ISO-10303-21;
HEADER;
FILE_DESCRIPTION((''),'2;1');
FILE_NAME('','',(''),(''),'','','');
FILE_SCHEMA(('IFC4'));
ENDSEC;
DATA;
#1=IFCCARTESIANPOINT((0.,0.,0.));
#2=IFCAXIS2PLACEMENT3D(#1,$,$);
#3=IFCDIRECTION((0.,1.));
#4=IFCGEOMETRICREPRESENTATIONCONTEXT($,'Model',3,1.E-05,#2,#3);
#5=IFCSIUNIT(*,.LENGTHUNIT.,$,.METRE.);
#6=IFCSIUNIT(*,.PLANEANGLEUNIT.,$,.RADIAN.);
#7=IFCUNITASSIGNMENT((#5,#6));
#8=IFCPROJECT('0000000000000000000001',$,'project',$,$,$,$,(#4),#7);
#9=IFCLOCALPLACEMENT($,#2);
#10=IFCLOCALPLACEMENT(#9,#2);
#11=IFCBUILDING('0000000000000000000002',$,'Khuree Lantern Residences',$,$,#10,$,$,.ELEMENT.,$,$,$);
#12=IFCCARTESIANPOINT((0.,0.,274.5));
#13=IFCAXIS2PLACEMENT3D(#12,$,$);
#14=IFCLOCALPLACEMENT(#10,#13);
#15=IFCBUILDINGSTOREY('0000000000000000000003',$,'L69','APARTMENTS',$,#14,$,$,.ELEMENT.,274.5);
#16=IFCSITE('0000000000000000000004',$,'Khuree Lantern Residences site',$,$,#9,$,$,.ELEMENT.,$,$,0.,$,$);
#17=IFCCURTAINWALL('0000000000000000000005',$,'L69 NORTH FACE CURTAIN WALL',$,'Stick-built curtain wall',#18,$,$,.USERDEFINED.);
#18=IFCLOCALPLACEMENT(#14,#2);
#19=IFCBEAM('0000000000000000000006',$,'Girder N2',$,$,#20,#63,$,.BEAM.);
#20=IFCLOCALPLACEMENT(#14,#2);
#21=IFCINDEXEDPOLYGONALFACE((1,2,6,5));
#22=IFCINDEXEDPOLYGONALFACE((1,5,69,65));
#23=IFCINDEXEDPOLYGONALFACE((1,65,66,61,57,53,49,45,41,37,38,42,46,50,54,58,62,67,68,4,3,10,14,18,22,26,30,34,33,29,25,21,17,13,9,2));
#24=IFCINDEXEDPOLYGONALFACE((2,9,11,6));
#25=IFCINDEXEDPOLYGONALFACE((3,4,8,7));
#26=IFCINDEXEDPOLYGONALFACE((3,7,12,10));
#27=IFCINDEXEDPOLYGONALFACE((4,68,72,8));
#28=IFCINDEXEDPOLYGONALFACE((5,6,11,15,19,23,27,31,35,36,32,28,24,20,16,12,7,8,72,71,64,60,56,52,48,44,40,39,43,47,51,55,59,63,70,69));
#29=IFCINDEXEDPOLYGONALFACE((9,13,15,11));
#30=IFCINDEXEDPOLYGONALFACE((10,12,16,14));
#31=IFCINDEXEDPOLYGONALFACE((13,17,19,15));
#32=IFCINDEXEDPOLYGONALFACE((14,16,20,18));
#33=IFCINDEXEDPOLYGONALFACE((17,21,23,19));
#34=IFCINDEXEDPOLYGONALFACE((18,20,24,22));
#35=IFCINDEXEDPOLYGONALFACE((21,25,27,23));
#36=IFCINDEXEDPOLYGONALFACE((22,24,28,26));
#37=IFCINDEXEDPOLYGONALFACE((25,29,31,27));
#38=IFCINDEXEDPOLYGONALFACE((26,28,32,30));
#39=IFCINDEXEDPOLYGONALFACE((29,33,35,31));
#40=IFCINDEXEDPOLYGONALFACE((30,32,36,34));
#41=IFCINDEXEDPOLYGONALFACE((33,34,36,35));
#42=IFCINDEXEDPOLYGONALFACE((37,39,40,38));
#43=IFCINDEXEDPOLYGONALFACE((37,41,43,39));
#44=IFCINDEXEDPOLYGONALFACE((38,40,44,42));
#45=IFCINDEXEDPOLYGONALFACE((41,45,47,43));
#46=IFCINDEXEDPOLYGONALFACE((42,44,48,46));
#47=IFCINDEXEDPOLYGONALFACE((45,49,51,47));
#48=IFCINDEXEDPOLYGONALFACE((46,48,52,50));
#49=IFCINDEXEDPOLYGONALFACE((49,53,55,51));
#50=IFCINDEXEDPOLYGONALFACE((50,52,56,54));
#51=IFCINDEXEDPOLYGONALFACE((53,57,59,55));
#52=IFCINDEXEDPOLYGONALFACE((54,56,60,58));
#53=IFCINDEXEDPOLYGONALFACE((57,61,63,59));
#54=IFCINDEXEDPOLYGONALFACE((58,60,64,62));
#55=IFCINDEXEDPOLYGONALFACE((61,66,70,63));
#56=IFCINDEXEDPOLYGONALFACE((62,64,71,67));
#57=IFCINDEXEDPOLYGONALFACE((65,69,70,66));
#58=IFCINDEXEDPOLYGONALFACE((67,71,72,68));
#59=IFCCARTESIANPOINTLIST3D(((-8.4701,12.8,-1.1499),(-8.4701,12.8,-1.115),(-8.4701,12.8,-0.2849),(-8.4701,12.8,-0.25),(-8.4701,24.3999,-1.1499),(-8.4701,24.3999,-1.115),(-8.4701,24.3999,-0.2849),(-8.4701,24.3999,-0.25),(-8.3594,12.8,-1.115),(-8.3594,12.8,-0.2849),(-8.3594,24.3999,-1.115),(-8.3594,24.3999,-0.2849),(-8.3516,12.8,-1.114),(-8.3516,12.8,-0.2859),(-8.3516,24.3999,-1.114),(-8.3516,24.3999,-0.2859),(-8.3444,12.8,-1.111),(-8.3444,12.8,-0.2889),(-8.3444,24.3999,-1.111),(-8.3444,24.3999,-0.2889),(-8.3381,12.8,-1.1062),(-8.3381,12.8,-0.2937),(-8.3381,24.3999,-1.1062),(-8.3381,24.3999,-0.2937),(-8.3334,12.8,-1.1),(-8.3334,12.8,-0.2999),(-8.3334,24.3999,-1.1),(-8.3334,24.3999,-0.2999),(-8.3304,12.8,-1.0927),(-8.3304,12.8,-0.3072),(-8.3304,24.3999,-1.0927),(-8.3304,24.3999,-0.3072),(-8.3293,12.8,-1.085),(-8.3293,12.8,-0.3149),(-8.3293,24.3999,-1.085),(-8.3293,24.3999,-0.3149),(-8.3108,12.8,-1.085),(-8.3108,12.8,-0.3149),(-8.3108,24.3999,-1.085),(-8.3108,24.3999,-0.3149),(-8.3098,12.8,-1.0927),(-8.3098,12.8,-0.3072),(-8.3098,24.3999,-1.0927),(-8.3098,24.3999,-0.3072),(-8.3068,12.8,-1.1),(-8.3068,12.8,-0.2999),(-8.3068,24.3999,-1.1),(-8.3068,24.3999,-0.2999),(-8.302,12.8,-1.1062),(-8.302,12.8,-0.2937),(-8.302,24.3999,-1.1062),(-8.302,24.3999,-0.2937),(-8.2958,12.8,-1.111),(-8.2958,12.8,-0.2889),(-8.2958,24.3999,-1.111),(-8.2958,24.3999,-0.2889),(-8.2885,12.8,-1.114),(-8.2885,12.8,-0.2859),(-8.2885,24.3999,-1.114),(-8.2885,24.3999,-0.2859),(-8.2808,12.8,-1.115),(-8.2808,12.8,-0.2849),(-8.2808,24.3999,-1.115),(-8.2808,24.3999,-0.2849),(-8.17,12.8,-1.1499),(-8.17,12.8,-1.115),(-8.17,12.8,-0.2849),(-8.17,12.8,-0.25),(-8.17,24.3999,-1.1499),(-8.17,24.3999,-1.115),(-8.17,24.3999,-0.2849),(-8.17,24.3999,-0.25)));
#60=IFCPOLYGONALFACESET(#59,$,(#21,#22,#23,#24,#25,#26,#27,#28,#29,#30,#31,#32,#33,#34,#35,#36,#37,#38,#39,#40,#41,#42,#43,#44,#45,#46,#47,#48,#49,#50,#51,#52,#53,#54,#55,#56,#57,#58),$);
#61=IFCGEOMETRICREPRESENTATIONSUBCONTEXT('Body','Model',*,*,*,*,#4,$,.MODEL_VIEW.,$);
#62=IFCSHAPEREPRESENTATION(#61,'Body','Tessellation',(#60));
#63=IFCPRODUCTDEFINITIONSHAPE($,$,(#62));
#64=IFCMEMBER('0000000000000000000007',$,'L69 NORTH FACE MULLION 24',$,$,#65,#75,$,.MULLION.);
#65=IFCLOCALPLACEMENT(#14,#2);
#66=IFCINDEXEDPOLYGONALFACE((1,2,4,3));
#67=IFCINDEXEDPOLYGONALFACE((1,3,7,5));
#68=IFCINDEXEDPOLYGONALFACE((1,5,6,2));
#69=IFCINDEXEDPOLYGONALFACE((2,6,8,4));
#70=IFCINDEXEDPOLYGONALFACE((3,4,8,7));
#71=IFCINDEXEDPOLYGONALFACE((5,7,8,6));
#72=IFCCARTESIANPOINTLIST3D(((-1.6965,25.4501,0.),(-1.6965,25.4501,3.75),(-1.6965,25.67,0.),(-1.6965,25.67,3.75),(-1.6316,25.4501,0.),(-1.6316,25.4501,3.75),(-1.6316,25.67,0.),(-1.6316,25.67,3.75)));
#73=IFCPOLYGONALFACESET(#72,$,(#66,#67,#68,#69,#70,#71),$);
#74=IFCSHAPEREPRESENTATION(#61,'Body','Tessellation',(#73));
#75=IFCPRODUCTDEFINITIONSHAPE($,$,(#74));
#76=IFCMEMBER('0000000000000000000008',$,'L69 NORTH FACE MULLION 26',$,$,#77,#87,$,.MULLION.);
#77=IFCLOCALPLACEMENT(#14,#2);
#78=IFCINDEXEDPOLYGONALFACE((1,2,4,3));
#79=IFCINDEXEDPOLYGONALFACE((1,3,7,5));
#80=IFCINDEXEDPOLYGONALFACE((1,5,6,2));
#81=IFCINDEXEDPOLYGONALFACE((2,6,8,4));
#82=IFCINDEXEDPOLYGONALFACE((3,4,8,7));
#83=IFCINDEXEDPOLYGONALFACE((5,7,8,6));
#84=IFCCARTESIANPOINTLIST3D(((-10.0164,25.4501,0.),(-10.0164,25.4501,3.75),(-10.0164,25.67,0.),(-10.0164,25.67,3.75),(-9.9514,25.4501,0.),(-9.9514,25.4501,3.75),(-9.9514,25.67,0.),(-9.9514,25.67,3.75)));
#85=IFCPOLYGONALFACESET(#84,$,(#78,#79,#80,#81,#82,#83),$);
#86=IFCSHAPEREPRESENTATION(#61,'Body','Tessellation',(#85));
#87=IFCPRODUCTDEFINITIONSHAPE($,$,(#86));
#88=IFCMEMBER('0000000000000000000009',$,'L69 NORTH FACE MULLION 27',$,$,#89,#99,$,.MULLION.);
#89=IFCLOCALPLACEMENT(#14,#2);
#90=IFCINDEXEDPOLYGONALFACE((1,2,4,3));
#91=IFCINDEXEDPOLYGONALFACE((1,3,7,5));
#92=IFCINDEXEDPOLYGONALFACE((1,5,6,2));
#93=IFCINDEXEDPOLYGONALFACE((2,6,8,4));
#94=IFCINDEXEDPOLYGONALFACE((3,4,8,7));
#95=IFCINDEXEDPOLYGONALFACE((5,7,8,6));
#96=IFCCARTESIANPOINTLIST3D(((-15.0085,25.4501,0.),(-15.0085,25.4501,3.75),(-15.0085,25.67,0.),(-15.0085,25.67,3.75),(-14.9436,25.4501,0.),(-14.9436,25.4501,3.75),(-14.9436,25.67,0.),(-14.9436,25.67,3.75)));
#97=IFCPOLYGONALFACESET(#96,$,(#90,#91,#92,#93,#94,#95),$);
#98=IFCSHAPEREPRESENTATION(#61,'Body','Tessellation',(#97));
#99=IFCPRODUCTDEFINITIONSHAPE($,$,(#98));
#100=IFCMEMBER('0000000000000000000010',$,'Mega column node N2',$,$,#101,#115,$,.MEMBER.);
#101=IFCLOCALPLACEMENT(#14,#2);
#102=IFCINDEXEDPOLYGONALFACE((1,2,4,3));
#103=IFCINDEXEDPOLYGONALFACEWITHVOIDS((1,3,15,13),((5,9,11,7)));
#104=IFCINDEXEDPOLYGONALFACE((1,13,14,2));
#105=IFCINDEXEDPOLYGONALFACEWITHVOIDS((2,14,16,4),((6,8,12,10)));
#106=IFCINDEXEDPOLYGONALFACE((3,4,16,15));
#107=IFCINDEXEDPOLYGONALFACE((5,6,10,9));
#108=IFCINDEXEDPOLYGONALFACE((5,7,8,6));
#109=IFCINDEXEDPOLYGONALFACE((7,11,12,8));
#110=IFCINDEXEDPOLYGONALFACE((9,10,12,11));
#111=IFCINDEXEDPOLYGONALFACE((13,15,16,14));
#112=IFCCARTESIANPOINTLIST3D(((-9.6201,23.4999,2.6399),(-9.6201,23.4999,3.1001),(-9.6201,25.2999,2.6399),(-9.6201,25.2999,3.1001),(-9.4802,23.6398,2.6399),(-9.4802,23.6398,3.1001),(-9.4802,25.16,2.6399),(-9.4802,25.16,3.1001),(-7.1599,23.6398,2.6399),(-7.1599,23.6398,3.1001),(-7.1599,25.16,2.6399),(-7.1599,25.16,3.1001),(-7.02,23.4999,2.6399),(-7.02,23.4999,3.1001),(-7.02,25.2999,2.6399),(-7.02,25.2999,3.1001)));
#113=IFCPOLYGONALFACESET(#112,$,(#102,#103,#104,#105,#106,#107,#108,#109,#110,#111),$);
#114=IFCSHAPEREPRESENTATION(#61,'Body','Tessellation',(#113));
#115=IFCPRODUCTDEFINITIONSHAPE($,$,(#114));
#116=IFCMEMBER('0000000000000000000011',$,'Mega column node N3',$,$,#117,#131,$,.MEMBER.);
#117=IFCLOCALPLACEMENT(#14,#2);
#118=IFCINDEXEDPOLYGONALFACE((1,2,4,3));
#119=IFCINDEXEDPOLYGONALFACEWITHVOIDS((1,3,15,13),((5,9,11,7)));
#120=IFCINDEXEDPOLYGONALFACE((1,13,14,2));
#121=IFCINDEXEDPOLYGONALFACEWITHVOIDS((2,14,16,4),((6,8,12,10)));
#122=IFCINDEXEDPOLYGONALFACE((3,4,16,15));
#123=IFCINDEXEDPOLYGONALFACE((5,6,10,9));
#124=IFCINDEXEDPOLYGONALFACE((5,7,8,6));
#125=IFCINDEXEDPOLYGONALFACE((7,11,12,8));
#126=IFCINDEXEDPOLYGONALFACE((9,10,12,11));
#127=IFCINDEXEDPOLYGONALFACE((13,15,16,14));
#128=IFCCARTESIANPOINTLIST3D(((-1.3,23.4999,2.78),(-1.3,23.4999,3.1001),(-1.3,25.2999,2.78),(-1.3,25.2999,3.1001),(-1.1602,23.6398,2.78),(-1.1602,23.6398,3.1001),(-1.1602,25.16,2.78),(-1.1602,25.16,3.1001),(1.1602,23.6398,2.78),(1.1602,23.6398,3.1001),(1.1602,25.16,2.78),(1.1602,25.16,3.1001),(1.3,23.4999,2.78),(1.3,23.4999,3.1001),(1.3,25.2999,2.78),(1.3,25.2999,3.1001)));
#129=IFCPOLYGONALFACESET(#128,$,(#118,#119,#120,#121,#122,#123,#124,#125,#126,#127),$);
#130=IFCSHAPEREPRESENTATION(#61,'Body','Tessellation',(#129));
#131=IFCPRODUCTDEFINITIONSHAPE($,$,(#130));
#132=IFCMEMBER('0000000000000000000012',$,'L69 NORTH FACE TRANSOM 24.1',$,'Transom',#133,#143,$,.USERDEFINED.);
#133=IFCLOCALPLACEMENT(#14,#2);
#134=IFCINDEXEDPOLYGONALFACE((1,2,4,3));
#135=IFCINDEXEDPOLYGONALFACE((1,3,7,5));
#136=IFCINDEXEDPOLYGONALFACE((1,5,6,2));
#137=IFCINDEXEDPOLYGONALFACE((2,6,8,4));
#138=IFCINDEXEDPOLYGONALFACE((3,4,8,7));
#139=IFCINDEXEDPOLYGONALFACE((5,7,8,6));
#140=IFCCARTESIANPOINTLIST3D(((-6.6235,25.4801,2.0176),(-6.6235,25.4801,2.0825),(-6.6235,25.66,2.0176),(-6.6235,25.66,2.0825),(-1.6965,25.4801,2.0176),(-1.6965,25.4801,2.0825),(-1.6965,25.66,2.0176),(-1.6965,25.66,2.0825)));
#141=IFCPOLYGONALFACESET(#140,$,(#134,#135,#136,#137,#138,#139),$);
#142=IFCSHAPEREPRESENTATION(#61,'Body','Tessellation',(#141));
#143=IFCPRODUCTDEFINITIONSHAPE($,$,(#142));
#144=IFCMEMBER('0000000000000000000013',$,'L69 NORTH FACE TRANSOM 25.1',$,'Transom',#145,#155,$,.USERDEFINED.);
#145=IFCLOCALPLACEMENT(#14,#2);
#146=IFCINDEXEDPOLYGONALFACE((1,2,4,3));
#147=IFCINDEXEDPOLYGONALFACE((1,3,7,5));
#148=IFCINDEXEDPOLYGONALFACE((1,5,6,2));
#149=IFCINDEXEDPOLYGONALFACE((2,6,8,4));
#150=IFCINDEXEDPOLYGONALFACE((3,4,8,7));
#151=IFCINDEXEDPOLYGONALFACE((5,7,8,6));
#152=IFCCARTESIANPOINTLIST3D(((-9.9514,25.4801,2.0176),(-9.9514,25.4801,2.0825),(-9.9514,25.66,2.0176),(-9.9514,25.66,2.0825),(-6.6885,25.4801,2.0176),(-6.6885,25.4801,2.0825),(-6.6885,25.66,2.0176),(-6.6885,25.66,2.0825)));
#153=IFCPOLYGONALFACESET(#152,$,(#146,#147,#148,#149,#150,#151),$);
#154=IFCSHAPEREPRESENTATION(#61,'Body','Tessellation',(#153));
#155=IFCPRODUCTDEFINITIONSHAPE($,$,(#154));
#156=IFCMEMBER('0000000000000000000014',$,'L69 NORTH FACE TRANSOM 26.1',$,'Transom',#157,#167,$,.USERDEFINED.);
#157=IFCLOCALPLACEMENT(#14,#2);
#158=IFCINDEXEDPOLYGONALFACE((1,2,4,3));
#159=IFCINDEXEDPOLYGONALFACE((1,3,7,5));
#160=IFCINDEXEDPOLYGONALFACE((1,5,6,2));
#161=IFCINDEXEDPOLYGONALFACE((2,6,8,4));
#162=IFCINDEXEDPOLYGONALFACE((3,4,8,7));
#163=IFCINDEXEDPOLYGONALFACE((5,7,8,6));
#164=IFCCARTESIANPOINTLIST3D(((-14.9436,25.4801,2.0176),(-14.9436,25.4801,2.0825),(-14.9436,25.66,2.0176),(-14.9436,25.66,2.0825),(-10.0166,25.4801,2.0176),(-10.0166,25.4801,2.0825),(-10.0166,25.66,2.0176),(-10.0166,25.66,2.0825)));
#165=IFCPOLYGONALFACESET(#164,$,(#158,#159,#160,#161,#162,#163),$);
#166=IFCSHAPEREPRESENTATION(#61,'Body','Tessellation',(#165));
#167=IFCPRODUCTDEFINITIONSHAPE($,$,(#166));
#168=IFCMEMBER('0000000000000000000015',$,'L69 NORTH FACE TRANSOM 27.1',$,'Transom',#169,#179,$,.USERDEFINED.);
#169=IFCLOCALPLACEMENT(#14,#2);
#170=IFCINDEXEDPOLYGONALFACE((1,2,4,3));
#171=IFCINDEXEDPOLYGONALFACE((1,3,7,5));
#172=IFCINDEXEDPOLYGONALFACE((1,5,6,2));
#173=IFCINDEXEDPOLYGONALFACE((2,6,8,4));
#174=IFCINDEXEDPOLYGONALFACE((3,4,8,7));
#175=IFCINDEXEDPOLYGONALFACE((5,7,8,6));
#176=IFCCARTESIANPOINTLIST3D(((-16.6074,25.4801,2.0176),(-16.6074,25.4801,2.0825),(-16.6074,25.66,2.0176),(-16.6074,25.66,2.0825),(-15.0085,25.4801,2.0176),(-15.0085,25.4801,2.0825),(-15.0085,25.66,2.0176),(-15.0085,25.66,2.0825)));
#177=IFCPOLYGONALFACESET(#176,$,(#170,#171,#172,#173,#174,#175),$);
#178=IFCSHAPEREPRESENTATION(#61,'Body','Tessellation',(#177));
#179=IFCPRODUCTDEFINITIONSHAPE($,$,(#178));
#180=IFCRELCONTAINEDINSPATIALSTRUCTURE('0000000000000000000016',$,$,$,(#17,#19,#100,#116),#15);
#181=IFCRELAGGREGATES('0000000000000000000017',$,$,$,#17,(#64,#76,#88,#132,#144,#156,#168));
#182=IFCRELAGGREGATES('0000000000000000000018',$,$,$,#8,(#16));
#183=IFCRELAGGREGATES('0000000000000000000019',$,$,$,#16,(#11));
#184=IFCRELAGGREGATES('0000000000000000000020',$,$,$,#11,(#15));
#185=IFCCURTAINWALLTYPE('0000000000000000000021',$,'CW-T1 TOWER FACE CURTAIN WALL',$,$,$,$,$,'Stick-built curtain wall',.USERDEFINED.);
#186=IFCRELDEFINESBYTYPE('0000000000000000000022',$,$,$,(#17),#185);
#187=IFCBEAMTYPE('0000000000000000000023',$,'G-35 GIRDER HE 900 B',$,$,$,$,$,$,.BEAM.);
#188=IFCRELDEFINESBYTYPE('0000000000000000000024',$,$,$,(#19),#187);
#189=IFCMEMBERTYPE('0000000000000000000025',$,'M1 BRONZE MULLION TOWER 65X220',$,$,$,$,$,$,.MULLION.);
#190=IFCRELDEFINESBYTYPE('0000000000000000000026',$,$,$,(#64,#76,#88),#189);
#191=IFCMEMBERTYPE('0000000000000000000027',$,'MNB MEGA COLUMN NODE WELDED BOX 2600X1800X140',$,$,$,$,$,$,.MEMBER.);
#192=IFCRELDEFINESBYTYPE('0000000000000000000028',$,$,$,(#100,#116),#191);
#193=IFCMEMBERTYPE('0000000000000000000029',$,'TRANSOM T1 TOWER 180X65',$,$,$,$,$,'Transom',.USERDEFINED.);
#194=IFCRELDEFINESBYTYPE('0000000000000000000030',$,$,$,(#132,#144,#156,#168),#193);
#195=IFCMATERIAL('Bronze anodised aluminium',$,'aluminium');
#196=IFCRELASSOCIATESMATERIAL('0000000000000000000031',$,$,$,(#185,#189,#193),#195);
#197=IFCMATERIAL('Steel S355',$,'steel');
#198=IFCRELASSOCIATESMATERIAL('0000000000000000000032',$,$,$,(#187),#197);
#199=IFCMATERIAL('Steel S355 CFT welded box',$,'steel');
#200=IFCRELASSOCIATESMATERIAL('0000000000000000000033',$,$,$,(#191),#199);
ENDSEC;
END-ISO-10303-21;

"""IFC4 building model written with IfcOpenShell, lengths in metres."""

from ifc_helpers import new_model, si_unit, direction, frame, origin, origin_2d, place, context, subcontext, project, spatial, rectangle, hollow_rectangle, i_section, extrude, material, material_profile, profile_set, type_object, element, aggregate, save


model = new_model("IFC4")

# Units and contexts
model_context = context("Model", 3, precision=1e-05, world=origin(), true_north=direction((0.0, 1.0)))
body_context = subcontext(model_context, "Body", "Model", "MODEL_VIEW")
ifc_project = project(units=[si_unit("LENGTHUNIT", "METRE"), si_unit("PLANEANGLEUNIT", "RADIAN")], contexts=[model_context])

# Site, building, storey
site_placement = place(None, origin())
site = spatial("IfcSite", under=ifc_project, at=site_placement, Name="Khuree Lantern Residences site", CompositionType="ELEMENT", RefElevation=0.0)
building_placement = place(site_placement, origin())
building = spatial("IfcBuilding", under=site, at=building_placement, Name="Khuree Lantern Residences", CompositionType="ELEMENT")
storey_placement = place(building_placement, frame((0.0, 0.0, 274.5)))
storey = spatial("IfcBuildingStorey", under=building, at=storey_placement, Name="L69", Description="APARTMENTS", CompositionType="ELEMENT", Elevation=274.5)

# Shared definitions
ifc_material_1 = material(Name="Steel S355 CFT welded box", Category="steel")

# Shared definitions
ifc_material_2 = material(Name="Steel S355", Category="steel")

# Curtain wall
ifc_material_3 = material(Name="Bronze anodised aluminium", Category="aluminium")
curtain_wall_type = type_object("IfcCurtainWallType", Name="CW-T1 TOWER FACE CURTAIN WALL", ElementType="Stick-built curtain wall", PredefinedType="USERDEFINED", material=ifc_material_3)
curtain_wall_placement = place(storey_placement, origin())
curtain_wall = element("IfcCurtainWall", 1, at=curtain_wall_placement, inside=storey, type_object=curtain_wall_type, Name="L69 NORTH FACE CURTAIN WALL", ObjectType="Stick-built curtain wall", PredefinedType="USERDEFINED")

# Beam
ifc_material_profile_1 = material_profile(ifc_material_2, i_section(OverallWidth=0.3, OverallDepth=0.8999, WebThickness=0.0186, FlangeThickness=0.0349, FilletRadius=0.03, at=origin_2d()), Name="HE 900 B")
ifc_profile_set_1 = profile_set([ifc_material_profile_1], Name="Steel S355")
beam_type_1 = type_object("IfcBeamType", Name="G-35 GIRDER HE 900 B", PredefinedType="BEAM", material=ifc_profile_set_1)
beam_1_placement = place(storey_placement, frame((-8.3201, 24.3999, -0.7), z_axis=(0.0, -1.0, 0.0), x_axis=(1.0, 0.0, 0.0)))
element("IfcBeam", 2, at=beam_1_placement, inside=storey, type_object=beam_type_1, Name="Girder N2", PredefinedType="BEAM", context=body_context, shape_type="SweptSolid", body=[
    extrude(i_section(OverallWidth=0.3, OverallDepth=0.8999, WebThickness=0.0186, FlangeThickness=0.0349, FilletRadius=0.03, at=origin_2d()), origin(), (0.0, 0.0, 1.0), 11.5999),
])

# Members
ifc_material_profile_2 = material_profile(ifc_material_3, rectangle(XDim=0.0649, YDim=0.22, at=origin_2d()), Name="M1 65X220")
ifc_profile_set_2 = profile_set([ifc_material_profile_2], Name="Bronze anodised aluminium")
member_type_1 = type_object("IfcMemberType", Name="M1 BRONZE MULLION TOWER 65X220", PredefinedType="MULLION", material=ifc_profile_set_2)
member_1_placement = place(storey_placement, frame((-1.6641, 25.5601, 0.0), z_axis=(0.0, 0.0, 1.0), x_axis=(-1.0, 0.0, 0.0)))
member_1 = element("IfcMember", 3, at=member_1_placement, type_object=member_type_1, Name="L69 NORTH FACE MULLION 24", PredefinedType="MULLION", context=body_context, shape_type="SweptSolid", body=[
    extrude(rectangle(XDim=0.0649, YDim=0.22, at=origin_2d()), origin(), (0.0, 0.0, 1.0), 3.75),
])
member_2_placement = place(storey_placement, frame((-9.9839, 25.5601, 0.0), z_axis=(0.0, 0.0, 1.0), x_axis=(-1.0, 0.0, 0.0)))
member_2 = element("IfcMember", 4, at=member_2_placement, type_object=member_type_1, Name="L69 NORTH FACE MULLION 26", PredefinedType="MULLION", context=body_context, shape_type="SweptSolid", body=[
    extrude(rectangle(XDim=0.0649, YDim=0.22, at=origin_2d()), origin(), (0.0, 0.0, 1.0), 3.75),
])
member_3_placement = place(storey_placement, frame((-14.9761, 25.5601, 0.0), z_axis=(0.0, 0.0, 1.0), x_axis=(-1.0, 0.0, 0.0)))
member_3 = element("IfcMember", 5, at=member_3_placement, type_object=member_type_1, Name="L69 NORTH FACE MULLION 27", PredefinedType="MULLION", context=body_context, shape_type="SweptSolid", body=[
    extrude(rectangle(XDim=0.0649, YDim=0.22, at=origin_2d()), origin(), (0.0, 0.0, 1.0), 3.75),
])

# Members
ifc_material_profile_3 = material_profile(ifc_material_1, hollow_rectangle(XDim=2.6001, YDim=1.8, WallThickness=0.1399, at=origin_2d()), Name="WELDED BOX 2600X1800X140")
ifc_profile_set_3 = profile_set([ifc_material_profile_3], Name="Steel S355 CFT welded box")
member_type_2 = type_object("IfcMemberType", Name="MNB MEGA COLUMN NODE WELDED BOX 2600X1800X140", PredefinedType="MEMBER", material=ifc_profile_set_3)
member_4_placement = place(storey_placement, frame((-8.3201, 24.3999, 2.6399), z_axis=(0.0, 0.0, 1.0), x_axis=(1.0, 0.0, 0.0)))
element("IfcMember", 6, at=member_4_placement, inside=storey, type_object=member_type_2, Name="Mega column node N2", PredefinedType="MEMBER", context=body_context, shape_type="SweptSolid", body=[
    extrude(hollow_rectangle(XDim=2.6001, YDim=1.8, WallThickness=0.1399, at=origin_2d()), origin(), (0.0, 0.0, 1.0), 0.4602),
])
member_5_placement = place(storey_placement, frame((0.0, 24.3999, 2.78), z_axis=(0.0, 0.0, 1.0), x_axis=(1.0, 0.0, 0.0)))
element("IfcMember", 7, at=member_5_placement, inside=storey, type_object=member_type_2, Name="Mega column node N3", PredefinedType="MEMBER", context=body_context, shape_type="SweptSolid", body=[
    extrude(hollow_rectangle(XDim=2.6001, YDim=1.8, WallThickness=0.1399, at=origin_2d()), origin(), (0.0, 0.0, 1.0), 0.3201),
])

# Members
ifc_material_profile_4 = material_profile(ifc_material_3, rectangle(XDim=0.1799, YDim=0.0649, at=origin_2d()), Name="T1 180X65")
ifc_profile_set_4 = profile_set([ifc_material_profile_4], Name="Bronze anodised aluminium")
member_type_3 = type_object("IfcMemberType", Name="TRANSOM T1 TOWER 180X65", ElementType="Transom", PredefinedType="USERDEFINED", material=ifc_profile_set_4)
member_6_placement = place(storey_placement, frame((-1.6965, 25.5701, 2.05), z_axis=(-1.0, 0.0, 0.0), x_axis=(0.0, -1.0, 0.0)))
member_6 = element("IfcMember", 8, at=member_6_placement, type_object=member_type_3, Name="L69 NORTH FACE TRANSOM 24.1", ObjectType="Transom", PredefinedType="USERDEFINED", context=body_context, shape_type="SweptSolid", body=[
    extrude(rectangle(XDim=0.1799, YDim=0.0649, at=origin_2d()), origin(), (0.0, 0.0, 1.0), 4.927),
])
member_7_placement = place(storey_placement, frame((-6.6885, 25.5701, 2.05), z_axis=(-1.0, 0.0, 0.0), x_axis=(0.0, -1.0, 0.0)))
member_7 = element("IfcMember", 9, at=member_7_placement, type_object=member_type_3, Name="L69 NORTH FACE TRANSOM 25.1", ObjectType="Transom", PredefinedType="USERDEFINED", context=body_context, shape_type="SweptSolid", body=[
    extrude(rectangle(XDim=0.1799, YDim=0.0649, at=origin_2d()), origin(), (0.0, 0.0, 1.0), 3.2629),
])
member_8_placement = place(storey_placement, frame((-10.0166, 25.5701, 2.05), z_axis=(-1.0, 0.0, 0.0), x_axis=(0.0, -1.0, 0.0)))
member_8 = element("IfcMember", 10, at=member_8_placement, type_object=member_type_3, Name="L69 NORTH FACE TRANSOM 26.1", ObjectType="Transom", PredefinedType="USERDEFINED", context=body_context, shape_type="SweptSolid", body=[
    extrude(rectangle(XDim=0.1799, YDim=0.0649, at=origin_2d()), origin(), (0.0, 0.0, 1.0), 4.927),
])
member_9_placement = place(storey_placement, frame((-15.0085, 25.5701, 2.05), z_axis=(-1.0, 0.0, 0.0), x_axis=(0.0, -1.0, 0.0)))
member_9 = element("IfcMember", 11, at=member_9_placement, type_object=member_type_3, Name="L69 NORTH FACE TRANSOM 27.1", ObjectType="Transom", PredefinedType="USERDEFINED", context=body_context, shape_type="SweptSolid", body=[
    extrude(rectangle(XDim=0.1799, YDim=0.0649, at=origin_2d()), origin(), (0.0, 0.0, 1.0), 1.5989),
])

aggregate(curtain_wall, [member_1, member_2, member_3, member_6, member_7, member_8, member_9])

save(model, "model.ifc")
